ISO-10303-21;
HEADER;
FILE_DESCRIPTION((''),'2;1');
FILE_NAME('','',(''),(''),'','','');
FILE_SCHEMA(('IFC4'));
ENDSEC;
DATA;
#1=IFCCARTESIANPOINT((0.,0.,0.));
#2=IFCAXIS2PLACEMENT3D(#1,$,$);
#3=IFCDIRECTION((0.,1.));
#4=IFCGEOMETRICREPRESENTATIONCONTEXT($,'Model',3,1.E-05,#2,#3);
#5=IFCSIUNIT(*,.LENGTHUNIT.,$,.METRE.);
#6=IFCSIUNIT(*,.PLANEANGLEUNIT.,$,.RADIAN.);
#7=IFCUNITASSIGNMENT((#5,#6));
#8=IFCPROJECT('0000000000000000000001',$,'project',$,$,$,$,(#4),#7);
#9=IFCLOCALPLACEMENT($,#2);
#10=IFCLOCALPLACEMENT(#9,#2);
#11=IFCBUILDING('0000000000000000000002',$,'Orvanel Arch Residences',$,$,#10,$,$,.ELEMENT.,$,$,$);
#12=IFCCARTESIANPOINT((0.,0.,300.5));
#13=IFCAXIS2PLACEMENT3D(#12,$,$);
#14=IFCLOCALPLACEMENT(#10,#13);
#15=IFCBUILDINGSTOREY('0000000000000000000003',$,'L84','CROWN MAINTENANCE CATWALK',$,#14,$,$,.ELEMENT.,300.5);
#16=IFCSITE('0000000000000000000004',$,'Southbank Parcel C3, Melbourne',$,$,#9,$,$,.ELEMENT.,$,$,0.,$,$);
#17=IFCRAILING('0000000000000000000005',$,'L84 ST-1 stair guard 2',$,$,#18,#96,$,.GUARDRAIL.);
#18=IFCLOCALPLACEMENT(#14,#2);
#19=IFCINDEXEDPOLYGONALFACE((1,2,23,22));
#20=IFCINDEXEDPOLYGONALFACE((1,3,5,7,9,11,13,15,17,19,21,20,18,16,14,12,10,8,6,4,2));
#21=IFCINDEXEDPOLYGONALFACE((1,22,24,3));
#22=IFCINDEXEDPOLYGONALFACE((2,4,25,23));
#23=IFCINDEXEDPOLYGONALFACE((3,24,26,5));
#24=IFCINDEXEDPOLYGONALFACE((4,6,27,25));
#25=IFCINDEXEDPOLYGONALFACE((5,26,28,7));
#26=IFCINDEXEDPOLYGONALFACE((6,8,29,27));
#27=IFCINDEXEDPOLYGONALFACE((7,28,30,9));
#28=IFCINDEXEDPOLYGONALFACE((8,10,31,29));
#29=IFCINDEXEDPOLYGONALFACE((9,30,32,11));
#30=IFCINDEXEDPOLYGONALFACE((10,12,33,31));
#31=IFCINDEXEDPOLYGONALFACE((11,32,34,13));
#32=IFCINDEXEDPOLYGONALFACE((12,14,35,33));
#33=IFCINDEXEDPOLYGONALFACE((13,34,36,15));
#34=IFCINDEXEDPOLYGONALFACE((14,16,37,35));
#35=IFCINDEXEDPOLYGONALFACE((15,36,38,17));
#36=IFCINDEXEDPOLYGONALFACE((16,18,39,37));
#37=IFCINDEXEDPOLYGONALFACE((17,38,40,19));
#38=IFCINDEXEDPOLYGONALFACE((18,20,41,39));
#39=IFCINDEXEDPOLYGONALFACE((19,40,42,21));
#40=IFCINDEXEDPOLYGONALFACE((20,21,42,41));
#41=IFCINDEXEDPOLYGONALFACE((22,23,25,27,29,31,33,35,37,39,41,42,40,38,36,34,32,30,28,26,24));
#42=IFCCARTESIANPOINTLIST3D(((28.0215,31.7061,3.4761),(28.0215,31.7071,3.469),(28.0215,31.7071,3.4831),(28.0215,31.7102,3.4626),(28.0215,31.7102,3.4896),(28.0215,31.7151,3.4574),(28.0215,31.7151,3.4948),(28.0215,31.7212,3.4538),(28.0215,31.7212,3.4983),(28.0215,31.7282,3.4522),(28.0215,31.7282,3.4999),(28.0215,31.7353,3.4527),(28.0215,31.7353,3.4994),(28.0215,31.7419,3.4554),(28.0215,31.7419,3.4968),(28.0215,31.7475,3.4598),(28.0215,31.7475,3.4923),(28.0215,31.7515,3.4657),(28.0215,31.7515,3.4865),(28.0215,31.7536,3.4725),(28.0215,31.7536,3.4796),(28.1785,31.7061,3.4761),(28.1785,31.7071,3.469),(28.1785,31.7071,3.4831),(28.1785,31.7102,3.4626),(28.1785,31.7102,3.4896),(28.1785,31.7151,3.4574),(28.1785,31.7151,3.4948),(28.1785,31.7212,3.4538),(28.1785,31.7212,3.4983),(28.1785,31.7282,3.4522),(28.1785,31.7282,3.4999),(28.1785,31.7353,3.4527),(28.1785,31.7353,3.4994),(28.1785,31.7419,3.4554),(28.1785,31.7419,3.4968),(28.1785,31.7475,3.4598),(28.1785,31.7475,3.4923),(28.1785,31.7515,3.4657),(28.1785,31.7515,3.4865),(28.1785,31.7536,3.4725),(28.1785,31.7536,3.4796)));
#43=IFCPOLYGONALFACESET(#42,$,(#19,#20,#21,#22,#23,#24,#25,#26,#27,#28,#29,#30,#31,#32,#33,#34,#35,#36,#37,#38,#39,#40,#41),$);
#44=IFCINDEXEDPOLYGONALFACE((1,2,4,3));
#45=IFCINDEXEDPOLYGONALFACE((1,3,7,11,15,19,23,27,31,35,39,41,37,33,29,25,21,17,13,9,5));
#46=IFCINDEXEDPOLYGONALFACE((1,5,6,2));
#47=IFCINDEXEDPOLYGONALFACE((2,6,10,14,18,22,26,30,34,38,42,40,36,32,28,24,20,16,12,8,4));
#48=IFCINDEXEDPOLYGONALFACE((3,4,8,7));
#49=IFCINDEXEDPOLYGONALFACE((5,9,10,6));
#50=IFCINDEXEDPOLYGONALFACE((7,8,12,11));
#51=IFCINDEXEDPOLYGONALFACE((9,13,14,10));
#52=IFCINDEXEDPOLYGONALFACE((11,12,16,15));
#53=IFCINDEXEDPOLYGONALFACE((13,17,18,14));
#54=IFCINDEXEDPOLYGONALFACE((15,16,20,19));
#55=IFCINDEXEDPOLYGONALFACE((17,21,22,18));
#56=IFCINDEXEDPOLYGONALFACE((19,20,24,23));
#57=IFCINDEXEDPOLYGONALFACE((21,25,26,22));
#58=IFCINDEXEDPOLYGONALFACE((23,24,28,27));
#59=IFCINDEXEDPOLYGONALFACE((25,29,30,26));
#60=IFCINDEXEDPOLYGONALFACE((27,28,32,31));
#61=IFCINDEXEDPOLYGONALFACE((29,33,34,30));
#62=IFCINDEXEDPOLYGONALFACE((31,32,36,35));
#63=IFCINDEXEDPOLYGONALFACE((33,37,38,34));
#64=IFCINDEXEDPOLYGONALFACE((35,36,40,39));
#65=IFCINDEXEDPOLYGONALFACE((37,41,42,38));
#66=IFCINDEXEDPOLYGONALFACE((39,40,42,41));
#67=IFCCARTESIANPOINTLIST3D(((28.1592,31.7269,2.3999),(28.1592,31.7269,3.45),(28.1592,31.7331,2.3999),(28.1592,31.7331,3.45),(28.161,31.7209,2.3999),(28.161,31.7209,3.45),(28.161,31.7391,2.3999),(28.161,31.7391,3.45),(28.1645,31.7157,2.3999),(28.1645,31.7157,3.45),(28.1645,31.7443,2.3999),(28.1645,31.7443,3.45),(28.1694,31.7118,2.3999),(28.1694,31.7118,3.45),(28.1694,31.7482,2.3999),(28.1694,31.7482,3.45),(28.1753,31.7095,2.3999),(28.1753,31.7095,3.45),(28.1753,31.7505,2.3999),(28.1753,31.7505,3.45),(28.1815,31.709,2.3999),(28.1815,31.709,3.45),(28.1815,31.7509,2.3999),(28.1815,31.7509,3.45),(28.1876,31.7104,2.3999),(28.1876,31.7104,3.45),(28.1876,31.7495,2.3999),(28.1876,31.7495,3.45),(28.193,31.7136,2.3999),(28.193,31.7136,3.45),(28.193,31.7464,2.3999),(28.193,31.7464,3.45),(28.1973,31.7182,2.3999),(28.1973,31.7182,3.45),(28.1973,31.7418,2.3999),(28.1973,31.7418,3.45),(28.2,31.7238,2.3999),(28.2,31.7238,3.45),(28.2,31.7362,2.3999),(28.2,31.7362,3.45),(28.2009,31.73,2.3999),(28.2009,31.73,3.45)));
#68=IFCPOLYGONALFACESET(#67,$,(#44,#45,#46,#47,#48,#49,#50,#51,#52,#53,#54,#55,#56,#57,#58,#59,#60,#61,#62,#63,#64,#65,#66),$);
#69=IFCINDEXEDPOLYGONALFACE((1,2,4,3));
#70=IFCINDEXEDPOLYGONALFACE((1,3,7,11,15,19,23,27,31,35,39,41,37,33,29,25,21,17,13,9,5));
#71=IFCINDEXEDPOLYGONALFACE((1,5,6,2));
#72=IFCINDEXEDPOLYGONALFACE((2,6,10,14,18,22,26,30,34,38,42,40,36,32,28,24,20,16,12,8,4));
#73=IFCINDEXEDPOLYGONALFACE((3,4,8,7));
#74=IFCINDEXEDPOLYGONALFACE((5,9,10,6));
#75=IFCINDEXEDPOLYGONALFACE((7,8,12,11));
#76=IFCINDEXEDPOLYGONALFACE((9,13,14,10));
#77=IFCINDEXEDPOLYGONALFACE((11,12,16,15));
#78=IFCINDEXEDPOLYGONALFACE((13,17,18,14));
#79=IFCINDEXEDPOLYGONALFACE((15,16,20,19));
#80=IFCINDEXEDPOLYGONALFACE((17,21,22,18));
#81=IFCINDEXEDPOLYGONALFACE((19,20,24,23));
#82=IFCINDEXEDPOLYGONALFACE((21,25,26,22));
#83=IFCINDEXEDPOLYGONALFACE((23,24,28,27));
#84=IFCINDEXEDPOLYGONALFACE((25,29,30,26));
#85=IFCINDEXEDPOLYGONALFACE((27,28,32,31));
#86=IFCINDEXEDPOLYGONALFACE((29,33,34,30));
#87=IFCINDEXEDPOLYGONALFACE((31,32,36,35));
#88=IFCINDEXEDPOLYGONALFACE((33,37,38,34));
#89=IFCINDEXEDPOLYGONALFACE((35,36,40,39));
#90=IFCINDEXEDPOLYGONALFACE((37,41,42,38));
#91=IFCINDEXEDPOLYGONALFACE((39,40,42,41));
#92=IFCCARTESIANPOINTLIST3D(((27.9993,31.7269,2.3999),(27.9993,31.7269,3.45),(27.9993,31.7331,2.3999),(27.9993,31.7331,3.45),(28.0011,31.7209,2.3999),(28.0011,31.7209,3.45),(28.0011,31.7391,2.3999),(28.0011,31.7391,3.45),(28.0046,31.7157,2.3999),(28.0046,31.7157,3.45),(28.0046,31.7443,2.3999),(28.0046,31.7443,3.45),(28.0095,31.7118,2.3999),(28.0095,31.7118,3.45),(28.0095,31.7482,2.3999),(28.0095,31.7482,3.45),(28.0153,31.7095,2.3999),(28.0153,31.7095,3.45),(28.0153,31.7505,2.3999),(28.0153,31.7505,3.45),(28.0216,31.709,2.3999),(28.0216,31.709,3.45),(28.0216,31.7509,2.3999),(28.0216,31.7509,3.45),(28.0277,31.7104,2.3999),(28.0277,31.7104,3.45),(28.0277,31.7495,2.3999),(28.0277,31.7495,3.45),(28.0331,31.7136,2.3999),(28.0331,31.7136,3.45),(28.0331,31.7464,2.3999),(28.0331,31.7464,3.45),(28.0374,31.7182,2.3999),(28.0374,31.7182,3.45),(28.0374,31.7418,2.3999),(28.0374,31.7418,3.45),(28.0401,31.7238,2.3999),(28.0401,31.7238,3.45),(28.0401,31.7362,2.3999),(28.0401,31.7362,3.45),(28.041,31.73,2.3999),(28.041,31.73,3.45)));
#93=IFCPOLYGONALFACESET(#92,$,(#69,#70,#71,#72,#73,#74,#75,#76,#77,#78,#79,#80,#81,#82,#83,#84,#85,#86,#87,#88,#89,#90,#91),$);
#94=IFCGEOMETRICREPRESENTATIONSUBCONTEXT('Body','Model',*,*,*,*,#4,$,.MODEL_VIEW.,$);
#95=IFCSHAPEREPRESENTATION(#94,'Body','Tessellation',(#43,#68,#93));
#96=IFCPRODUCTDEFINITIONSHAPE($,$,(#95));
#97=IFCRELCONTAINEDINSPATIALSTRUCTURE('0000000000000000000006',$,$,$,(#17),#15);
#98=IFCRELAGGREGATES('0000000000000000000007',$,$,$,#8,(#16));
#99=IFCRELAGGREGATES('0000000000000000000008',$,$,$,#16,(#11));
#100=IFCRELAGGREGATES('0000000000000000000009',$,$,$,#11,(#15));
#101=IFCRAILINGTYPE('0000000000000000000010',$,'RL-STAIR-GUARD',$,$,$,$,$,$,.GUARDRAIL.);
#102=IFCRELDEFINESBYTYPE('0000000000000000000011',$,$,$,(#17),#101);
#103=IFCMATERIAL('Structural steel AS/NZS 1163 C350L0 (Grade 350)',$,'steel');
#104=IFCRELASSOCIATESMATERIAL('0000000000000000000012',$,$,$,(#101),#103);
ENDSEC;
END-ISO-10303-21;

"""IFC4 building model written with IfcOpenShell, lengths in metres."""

from ifc_helpers import new_model, si_unit, direction, frame, origin, origin_2d, place, context, subcontext, project, spatial, circle, extrude, material, type_object, element, save


model = new_model("IFC4")

# Units and contexts
model_context = context("Model", 3, precision=1e-05, world=origin(), true_north=direction((0.0, 1.0)))
body_context = subcontext(model_context, "Body", "Model", "MODEL_VIEW")
ifc_project = project(units=[si_unit("LENGTHUNIT", "METRE"), si_unit("PLANEANGLEUNIT", "RADIAN")], contexts=[model_context])

# Site, building, storey
site_placement = place(None, origin())
site = spatial("IfcSite", under=ifc_project, at=site_placement, Name="Southbank Parcel C3, Melbourne", CompositionType="ELEMENT", RefElevation=0.0)
building_placement = place(site_placement, origin())
building = spatial("IfcBuilding", under=site, at=building_placement, Name="Orvanel Arch Residences", CompositionType="ELEMENT")
storey_placement = place(building_placement, frame((0.0, 0.0, 300.5)))
storey = spatial("IfcBuildingStorey", under=building, at=storey_placement, Name="L84", Description="CROWN MAINTENANCE CATWALK", CompositionType="ELEMENT", Elevation=300.5)

# Shared definitions
ifc_material_1 = material(Name="Structural steel AS/NZS 1163 C350L0 (Grade 350)", Category="steel")

# Railing
railing_type_1 = type_object("IfcRailingType", Name="RL-STAIR-GUARD", PredefinedType="GUARDRAIL", material=ifc_material_1)
railing_1_placement = place(storey_placement, frame((28.1799, 31.73, 2.3999)))
element("IfcRailing", 1, at=railing_1_placement, inside=storey, type_object=railing_type_1, Name="L84 ST-1 stair guard 2", PredefinedType="GUARDRAIL", context=body_context, shape_type="SweptSolid", body=[
    extrude(circle(Radius=0.0239, at=origin_2d()), frame((-0.0015, 0.0, 1.0762), z_axis=(-1.0, 0.0, 0.0), x_axis=(0.0, -1.0, 0.0)), (0.0, 0.0, 1.0), 0.157),
    extrude(circle(Radius=0.021, at=origin_2d()), origin(), (0.0, 0.0, 1.0), 1.05),
    extrude(circle(Radius=0.021, at=origin_2d()), frame((-0.1599, 0.0, 0.0)), (0.0, 0.0, 1.0), 1.05),
])

save(model, "model.ifc")
